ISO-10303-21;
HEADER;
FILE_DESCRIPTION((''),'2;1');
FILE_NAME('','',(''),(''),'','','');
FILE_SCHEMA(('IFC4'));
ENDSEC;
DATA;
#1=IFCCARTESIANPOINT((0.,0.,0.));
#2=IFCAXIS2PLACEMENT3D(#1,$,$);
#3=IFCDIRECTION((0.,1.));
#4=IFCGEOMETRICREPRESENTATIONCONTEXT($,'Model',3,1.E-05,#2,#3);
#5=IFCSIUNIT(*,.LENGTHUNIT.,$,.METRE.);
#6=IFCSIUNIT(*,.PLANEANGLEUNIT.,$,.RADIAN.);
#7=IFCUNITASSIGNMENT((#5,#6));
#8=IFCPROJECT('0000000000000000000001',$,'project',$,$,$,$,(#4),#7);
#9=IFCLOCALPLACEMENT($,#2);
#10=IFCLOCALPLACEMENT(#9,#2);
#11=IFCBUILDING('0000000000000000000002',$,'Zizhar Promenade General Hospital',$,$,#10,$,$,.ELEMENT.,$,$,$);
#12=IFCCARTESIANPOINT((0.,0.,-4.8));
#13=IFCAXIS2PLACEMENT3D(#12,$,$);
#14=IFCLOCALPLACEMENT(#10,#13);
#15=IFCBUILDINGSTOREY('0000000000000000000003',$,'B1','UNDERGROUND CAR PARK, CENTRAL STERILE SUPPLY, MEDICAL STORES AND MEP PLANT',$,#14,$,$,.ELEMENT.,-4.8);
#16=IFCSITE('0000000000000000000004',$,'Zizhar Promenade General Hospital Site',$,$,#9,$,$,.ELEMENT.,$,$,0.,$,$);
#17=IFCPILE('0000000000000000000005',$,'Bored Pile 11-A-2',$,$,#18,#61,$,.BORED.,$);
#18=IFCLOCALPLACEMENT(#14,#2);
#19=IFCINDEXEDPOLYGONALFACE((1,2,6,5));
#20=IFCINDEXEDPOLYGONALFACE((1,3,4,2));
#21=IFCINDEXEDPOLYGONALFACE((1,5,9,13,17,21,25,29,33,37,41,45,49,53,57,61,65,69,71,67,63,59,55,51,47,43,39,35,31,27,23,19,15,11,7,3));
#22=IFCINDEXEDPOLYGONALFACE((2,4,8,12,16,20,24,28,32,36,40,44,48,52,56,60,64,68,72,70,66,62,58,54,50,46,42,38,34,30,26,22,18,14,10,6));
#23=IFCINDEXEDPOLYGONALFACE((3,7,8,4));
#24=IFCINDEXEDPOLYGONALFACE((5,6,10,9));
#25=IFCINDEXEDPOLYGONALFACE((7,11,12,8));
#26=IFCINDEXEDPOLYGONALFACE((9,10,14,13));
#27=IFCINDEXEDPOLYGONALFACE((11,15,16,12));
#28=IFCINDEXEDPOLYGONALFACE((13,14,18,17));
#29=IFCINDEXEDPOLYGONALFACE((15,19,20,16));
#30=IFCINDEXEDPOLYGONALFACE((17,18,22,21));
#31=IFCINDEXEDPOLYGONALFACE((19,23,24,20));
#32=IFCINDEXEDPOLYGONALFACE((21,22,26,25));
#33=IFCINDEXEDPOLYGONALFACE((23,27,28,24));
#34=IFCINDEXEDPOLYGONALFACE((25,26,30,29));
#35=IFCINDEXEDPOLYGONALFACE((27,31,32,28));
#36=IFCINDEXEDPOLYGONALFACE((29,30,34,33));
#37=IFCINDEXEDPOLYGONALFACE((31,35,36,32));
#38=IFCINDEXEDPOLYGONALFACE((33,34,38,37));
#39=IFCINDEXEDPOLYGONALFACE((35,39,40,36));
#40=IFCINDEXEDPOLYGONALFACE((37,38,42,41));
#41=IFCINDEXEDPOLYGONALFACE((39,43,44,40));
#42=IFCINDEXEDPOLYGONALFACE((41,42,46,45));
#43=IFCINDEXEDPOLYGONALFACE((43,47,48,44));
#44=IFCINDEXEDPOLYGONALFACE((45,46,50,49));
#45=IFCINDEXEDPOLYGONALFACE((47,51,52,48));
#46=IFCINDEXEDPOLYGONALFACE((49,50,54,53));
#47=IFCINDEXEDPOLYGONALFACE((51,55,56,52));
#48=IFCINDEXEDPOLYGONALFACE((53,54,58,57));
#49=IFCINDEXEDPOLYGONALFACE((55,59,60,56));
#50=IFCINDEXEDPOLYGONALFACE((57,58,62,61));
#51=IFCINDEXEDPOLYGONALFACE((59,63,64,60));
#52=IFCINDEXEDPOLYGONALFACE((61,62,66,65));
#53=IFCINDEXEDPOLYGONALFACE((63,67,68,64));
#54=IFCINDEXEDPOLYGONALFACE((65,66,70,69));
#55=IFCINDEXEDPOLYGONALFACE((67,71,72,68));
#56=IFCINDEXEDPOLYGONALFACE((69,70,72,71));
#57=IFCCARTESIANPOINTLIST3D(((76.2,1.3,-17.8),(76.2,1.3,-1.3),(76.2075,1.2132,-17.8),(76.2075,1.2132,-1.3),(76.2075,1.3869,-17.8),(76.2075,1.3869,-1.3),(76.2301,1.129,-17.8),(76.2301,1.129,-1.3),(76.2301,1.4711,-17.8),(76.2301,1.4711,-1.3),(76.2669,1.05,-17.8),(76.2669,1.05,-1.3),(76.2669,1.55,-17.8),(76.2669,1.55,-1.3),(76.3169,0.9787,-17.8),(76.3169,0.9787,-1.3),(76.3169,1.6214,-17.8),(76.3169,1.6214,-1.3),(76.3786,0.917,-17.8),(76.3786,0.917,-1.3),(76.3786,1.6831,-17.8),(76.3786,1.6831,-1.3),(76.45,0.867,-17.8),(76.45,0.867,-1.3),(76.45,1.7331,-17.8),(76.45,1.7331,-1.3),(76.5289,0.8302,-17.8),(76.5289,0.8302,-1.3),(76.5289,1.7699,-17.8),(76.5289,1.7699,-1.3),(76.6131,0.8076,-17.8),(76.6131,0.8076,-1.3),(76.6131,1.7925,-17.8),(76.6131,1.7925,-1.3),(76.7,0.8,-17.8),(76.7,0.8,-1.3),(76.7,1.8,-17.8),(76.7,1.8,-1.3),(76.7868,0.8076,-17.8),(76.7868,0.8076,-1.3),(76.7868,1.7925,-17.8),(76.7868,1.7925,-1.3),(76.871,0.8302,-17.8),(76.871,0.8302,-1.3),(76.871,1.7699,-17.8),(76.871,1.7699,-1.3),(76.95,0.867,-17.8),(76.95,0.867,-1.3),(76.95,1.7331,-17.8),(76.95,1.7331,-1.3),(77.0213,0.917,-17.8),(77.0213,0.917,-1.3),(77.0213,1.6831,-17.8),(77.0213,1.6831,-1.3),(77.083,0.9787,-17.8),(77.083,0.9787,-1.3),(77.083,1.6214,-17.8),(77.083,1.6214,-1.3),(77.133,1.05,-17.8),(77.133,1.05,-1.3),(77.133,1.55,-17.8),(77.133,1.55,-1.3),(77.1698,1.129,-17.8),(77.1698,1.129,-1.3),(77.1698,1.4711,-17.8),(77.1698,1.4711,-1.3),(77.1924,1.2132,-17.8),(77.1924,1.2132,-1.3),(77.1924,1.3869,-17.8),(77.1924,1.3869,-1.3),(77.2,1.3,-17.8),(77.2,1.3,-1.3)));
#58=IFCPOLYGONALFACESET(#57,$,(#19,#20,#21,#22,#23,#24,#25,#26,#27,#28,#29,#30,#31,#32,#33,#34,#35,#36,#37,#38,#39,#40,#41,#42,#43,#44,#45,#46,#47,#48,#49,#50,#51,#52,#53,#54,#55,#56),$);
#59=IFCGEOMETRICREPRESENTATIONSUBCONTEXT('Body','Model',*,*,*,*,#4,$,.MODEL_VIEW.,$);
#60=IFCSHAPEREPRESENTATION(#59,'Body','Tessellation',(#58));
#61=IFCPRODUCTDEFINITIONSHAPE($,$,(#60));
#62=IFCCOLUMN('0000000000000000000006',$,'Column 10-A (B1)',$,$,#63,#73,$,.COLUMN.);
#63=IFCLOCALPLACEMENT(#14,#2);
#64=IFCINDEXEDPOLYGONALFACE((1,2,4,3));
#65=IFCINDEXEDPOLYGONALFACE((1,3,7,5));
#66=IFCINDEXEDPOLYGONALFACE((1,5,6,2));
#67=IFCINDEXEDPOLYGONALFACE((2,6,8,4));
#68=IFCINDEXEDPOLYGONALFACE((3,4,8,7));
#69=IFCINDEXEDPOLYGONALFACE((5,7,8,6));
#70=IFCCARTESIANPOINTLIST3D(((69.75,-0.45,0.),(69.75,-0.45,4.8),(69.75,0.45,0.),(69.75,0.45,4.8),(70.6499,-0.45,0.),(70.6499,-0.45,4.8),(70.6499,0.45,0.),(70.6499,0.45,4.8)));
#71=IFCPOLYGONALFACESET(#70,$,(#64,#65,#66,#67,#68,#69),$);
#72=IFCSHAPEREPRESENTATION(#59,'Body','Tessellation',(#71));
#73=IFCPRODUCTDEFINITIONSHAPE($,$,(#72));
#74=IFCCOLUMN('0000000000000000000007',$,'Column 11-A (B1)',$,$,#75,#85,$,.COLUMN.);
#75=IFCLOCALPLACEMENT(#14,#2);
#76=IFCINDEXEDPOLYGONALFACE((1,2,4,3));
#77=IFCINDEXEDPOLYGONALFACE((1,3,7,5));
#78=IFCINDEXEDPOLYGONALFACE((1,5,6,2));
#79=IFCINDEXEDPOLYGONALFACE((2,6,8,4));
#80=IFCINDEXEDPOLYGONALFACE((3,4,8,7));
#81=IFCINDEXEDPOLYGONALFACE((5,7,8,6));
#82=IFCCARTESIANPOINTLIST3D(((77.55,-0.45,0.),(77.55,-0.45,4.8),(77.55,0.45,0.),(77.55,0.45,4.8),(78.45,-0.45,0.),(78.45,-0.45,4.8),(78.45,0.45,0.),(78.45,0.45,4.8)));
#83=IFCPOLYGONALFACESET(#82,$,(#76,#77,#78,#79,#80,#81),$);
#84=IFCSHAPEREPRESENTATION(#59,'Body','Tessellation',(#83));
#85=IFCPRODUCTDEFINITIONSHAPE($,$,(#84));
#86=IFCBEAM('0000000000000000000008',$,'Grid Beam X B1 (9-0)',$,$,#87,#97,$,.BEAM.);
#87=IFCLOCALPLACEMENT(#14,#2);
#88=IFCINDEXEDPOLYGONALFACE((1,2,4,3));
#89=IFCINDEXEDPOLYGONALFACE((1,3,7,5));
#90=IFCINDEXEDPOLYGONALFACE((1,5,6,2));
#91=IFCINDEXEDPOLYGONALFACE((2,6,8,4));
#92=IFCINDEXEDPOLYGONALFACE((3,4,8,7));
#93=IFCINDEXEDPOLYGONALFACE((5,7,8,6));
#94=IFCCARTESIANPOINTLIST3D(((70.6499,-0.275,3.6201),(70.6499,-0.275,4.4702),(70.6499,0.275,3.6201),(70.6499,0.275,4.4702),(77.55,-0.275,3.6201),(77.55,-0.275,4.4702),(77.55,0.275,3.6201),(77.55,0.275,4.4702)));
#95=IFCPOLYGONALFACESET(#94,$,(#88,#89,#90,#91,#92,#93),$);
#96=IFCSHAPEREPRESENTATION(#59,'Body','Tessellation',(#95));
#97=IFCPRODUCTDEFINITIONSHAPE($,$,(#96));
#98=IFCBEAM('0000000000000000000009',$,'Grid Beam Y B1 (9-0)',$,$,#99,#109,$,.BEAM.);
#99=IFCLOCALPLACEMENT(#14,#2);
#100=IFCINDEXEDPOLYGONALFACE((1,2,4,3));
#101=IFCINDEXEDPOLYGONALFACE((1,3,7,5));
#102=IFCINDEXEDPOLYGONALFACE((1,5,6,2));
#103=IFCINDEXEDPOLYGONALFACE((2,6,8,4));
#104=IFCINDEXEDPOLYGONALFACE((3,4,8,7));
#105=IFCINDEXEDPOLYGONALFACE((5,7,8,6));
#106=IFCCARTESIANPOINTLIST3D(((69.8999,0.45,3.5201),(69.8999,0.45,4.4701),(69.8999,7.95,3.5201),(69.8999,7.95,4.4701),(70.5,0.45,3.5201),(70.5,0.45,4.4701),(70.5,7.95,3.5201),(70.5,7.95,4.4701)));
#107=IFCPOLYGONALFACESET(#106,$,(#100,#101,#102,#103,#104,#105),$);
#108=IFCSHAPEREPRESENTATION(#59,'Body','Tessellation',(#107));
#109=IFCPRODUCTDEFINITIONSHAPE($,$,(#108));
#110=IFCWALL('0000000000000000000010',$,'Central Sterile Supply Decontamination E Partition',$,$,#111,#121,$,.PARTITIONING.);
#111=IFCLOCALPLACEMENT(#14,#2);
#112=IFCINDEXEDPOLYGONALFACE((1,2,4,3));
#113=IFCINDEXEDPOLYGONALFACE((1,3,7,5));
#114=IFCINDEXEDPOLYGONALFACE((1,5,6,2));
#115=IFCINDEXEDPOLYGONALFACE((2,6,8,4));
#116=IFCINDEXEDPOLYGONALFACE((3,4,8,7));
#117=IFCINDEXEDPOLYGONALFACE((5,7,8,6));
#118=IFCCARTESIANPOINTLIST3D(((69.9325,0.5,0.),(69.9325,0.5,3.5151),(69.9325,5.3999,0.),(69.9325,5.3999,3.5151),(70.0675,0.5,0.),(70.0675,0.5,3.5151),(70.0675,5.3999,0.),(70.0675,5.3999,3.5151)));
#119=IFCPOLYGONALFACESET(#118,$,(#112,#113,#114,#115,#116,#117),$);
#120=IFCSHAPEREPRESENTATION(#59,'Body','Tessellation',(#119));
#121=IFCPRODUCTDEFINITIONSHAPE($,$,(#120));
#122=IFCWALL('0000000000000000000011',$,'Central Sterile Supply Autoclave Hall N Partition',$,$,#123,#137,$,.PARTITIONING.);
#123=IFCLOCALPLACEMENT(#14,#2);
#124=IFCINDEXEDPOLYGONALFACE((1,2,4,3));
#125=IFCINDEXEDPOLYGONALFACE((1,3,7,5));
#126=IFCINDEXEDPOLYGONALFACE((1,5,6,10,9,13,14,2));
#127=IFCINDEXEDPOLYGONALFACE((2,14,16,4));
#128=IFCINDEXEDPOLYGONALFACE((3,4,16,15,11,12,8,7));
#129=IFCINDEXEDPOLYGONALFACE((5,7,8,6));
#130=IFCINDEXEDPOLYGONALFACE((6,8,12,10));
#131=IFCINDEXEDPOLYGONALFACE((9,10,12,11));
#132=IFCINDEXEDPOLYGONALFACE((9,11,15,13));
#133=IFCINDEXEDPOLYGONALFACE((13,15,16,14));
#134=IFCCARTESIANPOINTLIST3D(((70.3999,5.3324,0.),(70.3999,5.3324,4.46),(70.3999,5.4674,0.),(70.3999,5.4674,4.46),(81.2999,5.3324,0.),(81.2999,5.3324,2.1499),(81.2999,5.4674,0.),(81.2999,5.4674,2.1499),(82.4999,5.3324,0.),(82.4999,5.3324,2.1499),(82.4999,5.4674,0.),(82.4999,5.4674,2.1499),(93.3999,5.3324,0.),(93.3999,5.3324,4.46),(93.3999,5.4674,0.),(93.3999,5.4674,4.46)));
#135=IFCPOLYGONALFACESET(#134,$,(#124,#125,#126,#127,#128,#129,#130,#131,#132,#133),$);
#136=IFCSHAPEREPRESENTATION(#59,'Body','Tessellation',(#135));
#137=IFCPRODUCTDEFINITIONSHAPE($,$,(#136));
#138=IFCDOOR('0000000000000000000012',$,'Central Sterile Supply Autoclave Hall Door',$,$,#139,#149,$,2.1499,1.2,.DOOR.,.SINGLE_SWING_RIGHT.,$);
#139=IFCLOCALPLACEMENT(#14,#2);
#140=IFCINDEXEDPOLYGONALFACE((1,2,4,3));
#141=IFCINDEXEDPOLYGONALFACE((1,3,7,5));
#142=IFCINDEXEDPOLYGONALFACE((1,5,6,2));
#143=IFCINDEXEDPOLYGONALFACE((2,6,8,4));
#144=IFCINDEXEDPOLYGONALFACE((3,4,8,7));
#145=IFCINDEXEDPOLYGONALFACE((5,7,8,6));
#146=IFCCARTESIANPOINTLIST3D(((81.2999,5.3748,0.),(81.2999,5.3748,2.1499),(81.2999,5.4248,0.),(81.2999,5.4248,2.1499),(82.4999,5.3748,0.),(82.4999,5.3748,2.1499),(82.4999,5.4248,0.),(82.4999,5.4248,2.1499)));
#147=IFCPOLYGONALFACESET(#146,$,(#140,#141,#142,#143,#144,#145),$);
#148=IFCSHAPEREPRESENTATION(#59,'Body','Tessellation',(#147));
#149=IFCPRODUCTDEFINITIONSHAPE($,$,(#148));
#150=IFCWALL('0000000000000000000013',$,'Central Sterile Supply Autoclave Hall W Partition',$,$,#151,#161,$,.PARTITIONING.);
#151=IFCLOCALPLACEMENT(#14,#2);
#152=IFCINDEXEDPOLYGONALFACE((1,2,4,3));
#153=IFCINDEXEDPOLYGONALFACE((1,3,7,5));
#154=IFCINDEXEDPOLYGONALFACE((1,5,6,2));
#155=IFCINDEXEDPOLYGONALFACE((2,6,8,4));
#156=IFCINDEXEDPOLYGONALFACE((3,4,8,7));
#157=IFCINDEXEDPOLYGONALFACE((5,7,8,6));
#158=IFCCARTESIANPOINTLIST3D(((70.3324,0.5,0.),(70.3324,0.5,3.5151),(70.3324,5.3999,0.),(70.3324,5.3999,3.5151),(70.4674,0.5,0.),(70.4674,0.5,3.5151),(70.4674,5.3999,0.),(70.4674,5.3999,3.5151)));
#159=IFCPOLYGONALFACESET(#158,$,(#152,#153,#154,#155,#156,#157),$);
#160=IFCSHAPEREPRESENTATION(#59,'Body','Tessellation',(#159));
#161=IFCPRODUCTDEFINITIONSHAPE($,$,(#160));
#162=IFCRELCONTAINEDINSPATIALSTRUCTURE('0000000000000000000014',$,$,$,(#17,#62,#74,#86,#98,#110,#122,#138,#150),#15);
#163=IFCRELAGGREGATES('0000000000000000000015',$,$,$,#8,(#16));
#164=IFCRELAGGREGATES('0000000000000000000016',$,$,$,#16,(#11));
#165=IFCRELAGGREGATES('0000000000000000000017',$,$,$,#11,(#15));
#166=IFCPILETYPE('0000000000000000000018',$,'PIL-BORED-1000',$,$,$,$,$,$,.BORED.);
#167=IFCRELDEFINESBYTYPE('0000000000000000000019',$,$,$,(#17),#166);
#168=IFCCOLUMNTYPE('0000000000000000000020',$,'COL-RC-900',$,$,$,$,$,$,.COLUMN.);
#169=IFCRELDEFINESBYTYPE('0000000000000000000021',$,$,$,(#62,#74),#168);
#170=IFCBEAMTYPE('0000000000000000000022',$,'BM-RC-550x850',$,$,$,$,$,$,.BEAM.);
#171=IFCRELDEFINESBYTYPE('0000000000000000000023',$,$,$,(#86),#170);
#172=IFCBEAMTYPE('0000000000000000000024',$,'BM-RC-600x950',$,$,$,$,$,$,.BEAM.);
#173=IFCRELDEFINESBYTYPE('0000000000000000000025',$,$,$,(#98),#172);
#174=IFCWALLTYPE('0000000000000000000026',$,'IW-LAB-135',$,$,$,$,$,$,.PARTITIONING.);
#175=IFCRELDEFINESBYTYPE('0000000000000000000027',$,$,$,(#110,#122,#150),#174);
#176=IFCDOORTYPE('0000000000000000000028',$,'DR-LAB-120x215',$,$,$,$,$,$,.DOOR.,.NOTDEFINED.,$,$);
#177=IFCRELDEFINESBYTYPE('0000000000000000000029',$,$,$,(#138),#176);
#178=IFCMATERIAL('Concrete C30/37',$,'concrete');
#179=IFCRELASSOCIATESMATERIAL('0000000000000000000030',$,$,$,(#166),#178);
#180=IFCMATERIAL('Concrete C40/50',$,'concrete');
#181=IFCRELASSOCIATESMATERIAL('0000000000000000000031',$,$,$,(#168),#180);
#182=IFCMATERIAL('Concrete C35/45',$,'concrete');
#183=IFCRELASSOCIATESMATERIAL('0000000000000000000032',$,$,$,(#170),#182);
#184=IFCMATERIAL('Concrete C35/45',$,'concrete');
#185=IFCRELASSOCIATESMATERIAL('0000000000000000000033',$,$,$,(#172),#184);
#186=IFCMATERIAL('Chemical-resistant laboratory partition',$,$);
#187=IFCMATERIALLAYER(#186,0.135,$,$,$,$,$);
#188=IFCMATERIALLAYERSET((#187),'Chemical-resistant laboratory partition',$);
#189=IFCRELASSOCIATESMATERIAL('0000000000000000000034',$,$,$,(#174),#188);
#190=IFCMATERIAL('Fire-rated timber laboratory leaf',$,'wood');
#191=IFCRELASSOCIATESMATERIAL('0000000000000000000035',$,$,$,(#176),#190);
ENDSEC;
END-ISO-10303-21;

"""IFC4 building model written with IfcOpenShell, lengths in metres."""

from ifc_helpers import new_model, si_unit, direction, frame, frame_2d, origin, origin_2d, place, context, subcontext, project, spatial, rectangle, circle, extrude, material, layer, layer_set, material_profile, profile_set, type_object, element, fill, save


model = new_model("IFC4")

# Units and contexts
model_context = context("Model", 3, precision=1e-05, world=origin(), true_north=direction((0.0, 1.0)))
body_context = subcontext(model_context, "Body", "Model", "MODEL_VIEW")
ifc_project = project(units=[si_unit("LENGTHUNIT", "METRE"), si_unit("PLANEANGLEUNIT", "RADIAN")], contexts=[model_context])

# Site, building, storey
site_placement = place(None, origin())
site = spatial("IfcSite", under=ifc_project, at=site_placement, Name="Zizhar Promenade General Hospital Site", CompositionType="ELEMENT", RefElevation=0.0)
building_placement = place(site_placement, origin())
building = spatial("IfcBuilding", under=site, at=building_placement, Name="Zizhar Promenade General Hospital", CompositionType="ELEMENT")
storey_placement = place(building_placement, frame((0.0, 0.0, -4.8)))
storey = spatial("IfcBuildingStorey", under=building, at=storey_placement, Name="B1", Description="UNDERGROUND CAR PARK, CENTRAL STERILE SUPPLY, MEDICAL STORES AND MEP PLANT", CompositionType="ELEMENT", Elevation=-4.8)

# Pile
ifc_material_1 = material(Name="Concrete C30/37", Category="concrete")
ifc_material_profile_1 = material_profile(ifc_material_1, circle(Radius=0.5, at=origin_2d()))
ifc_profile_set_1 = profile_set([ifc_material_profile_1], Name="Concrete C30/37")
pile_type = type_object("IfcPileType", Name="PIL-BORED-1000", PredefinedType="BORED", material=ifc_profile_set_1)
for number, where, z_axis, x_axis, name in (
    (1, (76.7, 1.3, -1.3), (0.0, 0.0, -1.0), (1.0, 0.0, 0.0), "Bored Pile 11-A-2"),
):
    element("IfcPile", number, at=place(storey_placement, frame(where, z_axis=z_axis, x_axis=x_axis)), inside=storey, type_object=pile_type, Name=name, PredefinedType="BORED", context=body_context, shape_type="SweptSolid", body=[
        extrude(circle(Radius=0.5, at=origin_2d()), origin(), (0.0, 0.0, 1.0), 16.5),
    ])

# Columns
ifc_material_2 = material(Name="Concrete C40/50", Category="concrete")
ifc_material_profile_2 = material_profile(ifc_material_2, rectangle(XDim=0.8999, YDim=0.8999, at=origin_2d()))
ifc_profile_set_2 = profile_set([ifc_material_profile_2], Name="Concrete C40/50")
column_type = type_object("IfcColumnType", Name="COL-RC-900", PredefinedType="COLUMN", material=ifc_profile_set_2)
for number, where, z_axis, x_axis, name in (
    (2, (70.2, 0.0, 0.0), (0.0, 0.0, 1.0), (1.0, 0.0, 0.0), "Column 10-A (B1)"),
    (3, (78.0, 0.0, 0.0), (0.0, 0.0, 1.0), (1.0, 0.0, 0.0), "Column 11-A (B1)"),
):
    element("IfcColumn", number, at=place(storey_placement, frame(where, z_axis=z_axis, x_axis=x_axis)), inside=storey, type_object=column_type, Name=name, PredefinedType="COLUMN", context=body_context, shape_type="SweptSolid", body=[
        extrude(rectangle(XDim=0.8999, YDim=0.8999, at=origin_2d()), origin(), (0.0, 0.0, 1.0), 4.8),
    ])

# Beams
ifc_material_3 = material(Name="Concrete C35/45", Category="concrete")
ifc_material_profile_3 = material_profile(ifc_material_3, rectangle(XDim=0.55, YDim=0.8501, at=origin_2d()))
ifc_profile_set_3 = profile_set([ifc_material_profile_3], Name="Concrete C35/45")
beam_type_1 = type_object("IfcBeamType", Name="BM-RC-550x850", PredefinedType="BEAM", material=ifc_profile_set_3)
beam_1_placement = place(storey_placement, frame((70.6499, 0.0, 4.0452), z_axis=(1.0, 0.0, 0.0), x_axis=(0.0, 1.0, 0.0)))
element("IfcBeam", 4, at=beam_1_placement, inside=storey, type_object=beam_type_1, Name="Grid Beam X B1 (9-0)", PredefinedType="BEAM", context=body_context, shape_type="SweptSolid", body=[
    extrude(rectangle(XDim=0.55, YDim=0.8501, at=origin_2d()), origin(), (0.0, 0.0, 1.0), 6.9001),
])
ifc_material_4 = material(Name="Concrete C35/45", Category="concrete")
ifc_material_profile_4 = material_profile(ifc_material_4, rectangle(XDim=0.6001, YDim=0.95, at=origin_2d()))
ifc_profile_set_4 = profile_set([ifc_material_profile_4], Name="Concrete C35/45")
beam_type_2 = type_object("IfcBeamType", Name="BM-RC-600x950", PredefinedType="BEAM", material=ifc_profile_set_4)
beam_2_placement = place(storey_placement, frame((70.2, 0.45, 3.9951), z_axis=(0.0, 1.0, 0.0), x_axis=(-1.0, 0.0, 0.0)))
element("IfcBeam", 5, at=beam_2_placement, inside=storey, type_object=beam_type_2, Name="Grid Beam Y B1 (9-0)", PredefinedType="BEAM", context=body_context, shape_type="SweptSolid", body=[
    extrude(rectangle(XDim=0.6001, YDim=0.95, at=origin_2d()), origin(), (0.0, 0.0, 1.0), 7.5),
])

# Wall
ifc_material_5 = material(Name="Chemical-resistant laboratory partition")
ifc_layer_1 = layer(ifc_material_5, 0.135)
ifc_layer_set_1 = layer_set([ifc_layer_1], Name="Chemical-resistant laboratory partition")
wall_type_1 = type_object("IfcWallType", Name="IW-LAB-135", PredefinedType="PARTITIONING", material=ifc_layer_set_1)
wall_1_placement = place(storey_placement, frame((70.0, 0.5, 0.0), z_axis=(0.0, 0.0, 1.0), x_axis=(0.0, 1.0, 0.0)))
element("IfcWall", 6, at=wall_1_placement, inside=storey, type_object=wall_type_1, Name="Central Sterile Supply Decontamination E Partition", PredefinedType="PARTITIONING", context=body_context, shape_type="SweptSolid", body=[
    extrude(rectangle(XDim=4.8999, YDim=0.135, at=frame_2d((2.45, 0.0))), origin(), (0.0, 0.0, 1.0), 3.5151),
])

# Wall, opening, door
wall_2_placement = place(storey_placement, frame((70.3999, 5.3999, 0.0), z_axis=(0.0, 0.0, 1.0), x_axis=(1.0, 0.0, 0.0)))
wall_2 = element("IfcWall", 7, at=wall_2_placement, inside=storey, type_object=wall_type_1, Name="Central Sterile Supply Autoclave Hall N Partition", PredefinedType="PARTITIONING", context=body_context, shape_type="SweptSolid", body=[
    extrude(rectangle(XDim=23.0, YDim=0.135, at=frame_2d((11.5, 0.0))), origin(), (0.0, 0.0, 1.0), 4.46),
])
opening_1_placement = place(wall_2_placement, frame((10.8999, 0.0, 0.0)))
opening_1 = element("IfcOpeningElement", 8, at=opening_1_placement, cuts=wall_2, PredefinedType="OPENING", context=body_context, shape_type="SweptSolid", body=[
    extrude(rectangle(XDim=1.2, YDim=2.1499, at=frame_2d((0.6001, 1.075))), frame((0.0, 0.0776, 0.0), z_axis=(0.0, -1.0, 0.0), x_axis=(1.0, 0.0, 0.0)), (0.0, 0.0, 1.0), 0.155),
])
ifc_material_6 = material(Name="Fire-rated timber laboratory leaf", Category="wood")
door_type_1 = type_object("IfcDoorType", Name="DR-LAB-120x215", OperationType="NOTDEFINED", PredefinedType="DOOR", material=ifc_material_6)
door_1_placement = place(opening_1_placement, origin())
door_1 = element("IfcDoor", 9, at=door_1_placement, inside=storey, type_object=door_type_1, Name="Central Sterile Supply Autoclave Hall Door", OperationType="SINGLE_SWING_RIGHT", OverallHeight=2.1499, OverallWidth=1.2, PredefinedType="DOOR", context=body_context, shape_type="SweptSolid", body=[
    extrude(rectangle(XDim=1.2, YDim=2.1499, at=frame_2d((0.6001, 1.075))), frame((0.0, 0.0249, 0.0), z_axis=(0.0, -1.0, 0.0), x_axis=(1.0, 0.0, 0.0)), (0.0, 0.0, 1.0), 0.05),
])
fill(opening_1, door_1)

# Wall
wall_3_placement = place(storey_placement, frame((70.3999, 0.5, 0.0), z_axis=(0.0, 0.0, 1.0), x_axis=(0.0, 1.0, 0.0)))
element("IfcWall", 10, at=wall_3_placement, inside=storey, type_object=wall_type_1, Name="Central Sterile Supply Autoclave Hall W Partition", PredefinedType="PARTITIONING", context=body_context, shape_type="SweptSolid", body=[
    extrude(rectangle(XDim=4.8999, YDim=0.135, at=frame_2d((2.45, 0.0))), origin(), (0.0, 0.0, 1.0), 3.5151),
])

save(model, "model.ifc")
